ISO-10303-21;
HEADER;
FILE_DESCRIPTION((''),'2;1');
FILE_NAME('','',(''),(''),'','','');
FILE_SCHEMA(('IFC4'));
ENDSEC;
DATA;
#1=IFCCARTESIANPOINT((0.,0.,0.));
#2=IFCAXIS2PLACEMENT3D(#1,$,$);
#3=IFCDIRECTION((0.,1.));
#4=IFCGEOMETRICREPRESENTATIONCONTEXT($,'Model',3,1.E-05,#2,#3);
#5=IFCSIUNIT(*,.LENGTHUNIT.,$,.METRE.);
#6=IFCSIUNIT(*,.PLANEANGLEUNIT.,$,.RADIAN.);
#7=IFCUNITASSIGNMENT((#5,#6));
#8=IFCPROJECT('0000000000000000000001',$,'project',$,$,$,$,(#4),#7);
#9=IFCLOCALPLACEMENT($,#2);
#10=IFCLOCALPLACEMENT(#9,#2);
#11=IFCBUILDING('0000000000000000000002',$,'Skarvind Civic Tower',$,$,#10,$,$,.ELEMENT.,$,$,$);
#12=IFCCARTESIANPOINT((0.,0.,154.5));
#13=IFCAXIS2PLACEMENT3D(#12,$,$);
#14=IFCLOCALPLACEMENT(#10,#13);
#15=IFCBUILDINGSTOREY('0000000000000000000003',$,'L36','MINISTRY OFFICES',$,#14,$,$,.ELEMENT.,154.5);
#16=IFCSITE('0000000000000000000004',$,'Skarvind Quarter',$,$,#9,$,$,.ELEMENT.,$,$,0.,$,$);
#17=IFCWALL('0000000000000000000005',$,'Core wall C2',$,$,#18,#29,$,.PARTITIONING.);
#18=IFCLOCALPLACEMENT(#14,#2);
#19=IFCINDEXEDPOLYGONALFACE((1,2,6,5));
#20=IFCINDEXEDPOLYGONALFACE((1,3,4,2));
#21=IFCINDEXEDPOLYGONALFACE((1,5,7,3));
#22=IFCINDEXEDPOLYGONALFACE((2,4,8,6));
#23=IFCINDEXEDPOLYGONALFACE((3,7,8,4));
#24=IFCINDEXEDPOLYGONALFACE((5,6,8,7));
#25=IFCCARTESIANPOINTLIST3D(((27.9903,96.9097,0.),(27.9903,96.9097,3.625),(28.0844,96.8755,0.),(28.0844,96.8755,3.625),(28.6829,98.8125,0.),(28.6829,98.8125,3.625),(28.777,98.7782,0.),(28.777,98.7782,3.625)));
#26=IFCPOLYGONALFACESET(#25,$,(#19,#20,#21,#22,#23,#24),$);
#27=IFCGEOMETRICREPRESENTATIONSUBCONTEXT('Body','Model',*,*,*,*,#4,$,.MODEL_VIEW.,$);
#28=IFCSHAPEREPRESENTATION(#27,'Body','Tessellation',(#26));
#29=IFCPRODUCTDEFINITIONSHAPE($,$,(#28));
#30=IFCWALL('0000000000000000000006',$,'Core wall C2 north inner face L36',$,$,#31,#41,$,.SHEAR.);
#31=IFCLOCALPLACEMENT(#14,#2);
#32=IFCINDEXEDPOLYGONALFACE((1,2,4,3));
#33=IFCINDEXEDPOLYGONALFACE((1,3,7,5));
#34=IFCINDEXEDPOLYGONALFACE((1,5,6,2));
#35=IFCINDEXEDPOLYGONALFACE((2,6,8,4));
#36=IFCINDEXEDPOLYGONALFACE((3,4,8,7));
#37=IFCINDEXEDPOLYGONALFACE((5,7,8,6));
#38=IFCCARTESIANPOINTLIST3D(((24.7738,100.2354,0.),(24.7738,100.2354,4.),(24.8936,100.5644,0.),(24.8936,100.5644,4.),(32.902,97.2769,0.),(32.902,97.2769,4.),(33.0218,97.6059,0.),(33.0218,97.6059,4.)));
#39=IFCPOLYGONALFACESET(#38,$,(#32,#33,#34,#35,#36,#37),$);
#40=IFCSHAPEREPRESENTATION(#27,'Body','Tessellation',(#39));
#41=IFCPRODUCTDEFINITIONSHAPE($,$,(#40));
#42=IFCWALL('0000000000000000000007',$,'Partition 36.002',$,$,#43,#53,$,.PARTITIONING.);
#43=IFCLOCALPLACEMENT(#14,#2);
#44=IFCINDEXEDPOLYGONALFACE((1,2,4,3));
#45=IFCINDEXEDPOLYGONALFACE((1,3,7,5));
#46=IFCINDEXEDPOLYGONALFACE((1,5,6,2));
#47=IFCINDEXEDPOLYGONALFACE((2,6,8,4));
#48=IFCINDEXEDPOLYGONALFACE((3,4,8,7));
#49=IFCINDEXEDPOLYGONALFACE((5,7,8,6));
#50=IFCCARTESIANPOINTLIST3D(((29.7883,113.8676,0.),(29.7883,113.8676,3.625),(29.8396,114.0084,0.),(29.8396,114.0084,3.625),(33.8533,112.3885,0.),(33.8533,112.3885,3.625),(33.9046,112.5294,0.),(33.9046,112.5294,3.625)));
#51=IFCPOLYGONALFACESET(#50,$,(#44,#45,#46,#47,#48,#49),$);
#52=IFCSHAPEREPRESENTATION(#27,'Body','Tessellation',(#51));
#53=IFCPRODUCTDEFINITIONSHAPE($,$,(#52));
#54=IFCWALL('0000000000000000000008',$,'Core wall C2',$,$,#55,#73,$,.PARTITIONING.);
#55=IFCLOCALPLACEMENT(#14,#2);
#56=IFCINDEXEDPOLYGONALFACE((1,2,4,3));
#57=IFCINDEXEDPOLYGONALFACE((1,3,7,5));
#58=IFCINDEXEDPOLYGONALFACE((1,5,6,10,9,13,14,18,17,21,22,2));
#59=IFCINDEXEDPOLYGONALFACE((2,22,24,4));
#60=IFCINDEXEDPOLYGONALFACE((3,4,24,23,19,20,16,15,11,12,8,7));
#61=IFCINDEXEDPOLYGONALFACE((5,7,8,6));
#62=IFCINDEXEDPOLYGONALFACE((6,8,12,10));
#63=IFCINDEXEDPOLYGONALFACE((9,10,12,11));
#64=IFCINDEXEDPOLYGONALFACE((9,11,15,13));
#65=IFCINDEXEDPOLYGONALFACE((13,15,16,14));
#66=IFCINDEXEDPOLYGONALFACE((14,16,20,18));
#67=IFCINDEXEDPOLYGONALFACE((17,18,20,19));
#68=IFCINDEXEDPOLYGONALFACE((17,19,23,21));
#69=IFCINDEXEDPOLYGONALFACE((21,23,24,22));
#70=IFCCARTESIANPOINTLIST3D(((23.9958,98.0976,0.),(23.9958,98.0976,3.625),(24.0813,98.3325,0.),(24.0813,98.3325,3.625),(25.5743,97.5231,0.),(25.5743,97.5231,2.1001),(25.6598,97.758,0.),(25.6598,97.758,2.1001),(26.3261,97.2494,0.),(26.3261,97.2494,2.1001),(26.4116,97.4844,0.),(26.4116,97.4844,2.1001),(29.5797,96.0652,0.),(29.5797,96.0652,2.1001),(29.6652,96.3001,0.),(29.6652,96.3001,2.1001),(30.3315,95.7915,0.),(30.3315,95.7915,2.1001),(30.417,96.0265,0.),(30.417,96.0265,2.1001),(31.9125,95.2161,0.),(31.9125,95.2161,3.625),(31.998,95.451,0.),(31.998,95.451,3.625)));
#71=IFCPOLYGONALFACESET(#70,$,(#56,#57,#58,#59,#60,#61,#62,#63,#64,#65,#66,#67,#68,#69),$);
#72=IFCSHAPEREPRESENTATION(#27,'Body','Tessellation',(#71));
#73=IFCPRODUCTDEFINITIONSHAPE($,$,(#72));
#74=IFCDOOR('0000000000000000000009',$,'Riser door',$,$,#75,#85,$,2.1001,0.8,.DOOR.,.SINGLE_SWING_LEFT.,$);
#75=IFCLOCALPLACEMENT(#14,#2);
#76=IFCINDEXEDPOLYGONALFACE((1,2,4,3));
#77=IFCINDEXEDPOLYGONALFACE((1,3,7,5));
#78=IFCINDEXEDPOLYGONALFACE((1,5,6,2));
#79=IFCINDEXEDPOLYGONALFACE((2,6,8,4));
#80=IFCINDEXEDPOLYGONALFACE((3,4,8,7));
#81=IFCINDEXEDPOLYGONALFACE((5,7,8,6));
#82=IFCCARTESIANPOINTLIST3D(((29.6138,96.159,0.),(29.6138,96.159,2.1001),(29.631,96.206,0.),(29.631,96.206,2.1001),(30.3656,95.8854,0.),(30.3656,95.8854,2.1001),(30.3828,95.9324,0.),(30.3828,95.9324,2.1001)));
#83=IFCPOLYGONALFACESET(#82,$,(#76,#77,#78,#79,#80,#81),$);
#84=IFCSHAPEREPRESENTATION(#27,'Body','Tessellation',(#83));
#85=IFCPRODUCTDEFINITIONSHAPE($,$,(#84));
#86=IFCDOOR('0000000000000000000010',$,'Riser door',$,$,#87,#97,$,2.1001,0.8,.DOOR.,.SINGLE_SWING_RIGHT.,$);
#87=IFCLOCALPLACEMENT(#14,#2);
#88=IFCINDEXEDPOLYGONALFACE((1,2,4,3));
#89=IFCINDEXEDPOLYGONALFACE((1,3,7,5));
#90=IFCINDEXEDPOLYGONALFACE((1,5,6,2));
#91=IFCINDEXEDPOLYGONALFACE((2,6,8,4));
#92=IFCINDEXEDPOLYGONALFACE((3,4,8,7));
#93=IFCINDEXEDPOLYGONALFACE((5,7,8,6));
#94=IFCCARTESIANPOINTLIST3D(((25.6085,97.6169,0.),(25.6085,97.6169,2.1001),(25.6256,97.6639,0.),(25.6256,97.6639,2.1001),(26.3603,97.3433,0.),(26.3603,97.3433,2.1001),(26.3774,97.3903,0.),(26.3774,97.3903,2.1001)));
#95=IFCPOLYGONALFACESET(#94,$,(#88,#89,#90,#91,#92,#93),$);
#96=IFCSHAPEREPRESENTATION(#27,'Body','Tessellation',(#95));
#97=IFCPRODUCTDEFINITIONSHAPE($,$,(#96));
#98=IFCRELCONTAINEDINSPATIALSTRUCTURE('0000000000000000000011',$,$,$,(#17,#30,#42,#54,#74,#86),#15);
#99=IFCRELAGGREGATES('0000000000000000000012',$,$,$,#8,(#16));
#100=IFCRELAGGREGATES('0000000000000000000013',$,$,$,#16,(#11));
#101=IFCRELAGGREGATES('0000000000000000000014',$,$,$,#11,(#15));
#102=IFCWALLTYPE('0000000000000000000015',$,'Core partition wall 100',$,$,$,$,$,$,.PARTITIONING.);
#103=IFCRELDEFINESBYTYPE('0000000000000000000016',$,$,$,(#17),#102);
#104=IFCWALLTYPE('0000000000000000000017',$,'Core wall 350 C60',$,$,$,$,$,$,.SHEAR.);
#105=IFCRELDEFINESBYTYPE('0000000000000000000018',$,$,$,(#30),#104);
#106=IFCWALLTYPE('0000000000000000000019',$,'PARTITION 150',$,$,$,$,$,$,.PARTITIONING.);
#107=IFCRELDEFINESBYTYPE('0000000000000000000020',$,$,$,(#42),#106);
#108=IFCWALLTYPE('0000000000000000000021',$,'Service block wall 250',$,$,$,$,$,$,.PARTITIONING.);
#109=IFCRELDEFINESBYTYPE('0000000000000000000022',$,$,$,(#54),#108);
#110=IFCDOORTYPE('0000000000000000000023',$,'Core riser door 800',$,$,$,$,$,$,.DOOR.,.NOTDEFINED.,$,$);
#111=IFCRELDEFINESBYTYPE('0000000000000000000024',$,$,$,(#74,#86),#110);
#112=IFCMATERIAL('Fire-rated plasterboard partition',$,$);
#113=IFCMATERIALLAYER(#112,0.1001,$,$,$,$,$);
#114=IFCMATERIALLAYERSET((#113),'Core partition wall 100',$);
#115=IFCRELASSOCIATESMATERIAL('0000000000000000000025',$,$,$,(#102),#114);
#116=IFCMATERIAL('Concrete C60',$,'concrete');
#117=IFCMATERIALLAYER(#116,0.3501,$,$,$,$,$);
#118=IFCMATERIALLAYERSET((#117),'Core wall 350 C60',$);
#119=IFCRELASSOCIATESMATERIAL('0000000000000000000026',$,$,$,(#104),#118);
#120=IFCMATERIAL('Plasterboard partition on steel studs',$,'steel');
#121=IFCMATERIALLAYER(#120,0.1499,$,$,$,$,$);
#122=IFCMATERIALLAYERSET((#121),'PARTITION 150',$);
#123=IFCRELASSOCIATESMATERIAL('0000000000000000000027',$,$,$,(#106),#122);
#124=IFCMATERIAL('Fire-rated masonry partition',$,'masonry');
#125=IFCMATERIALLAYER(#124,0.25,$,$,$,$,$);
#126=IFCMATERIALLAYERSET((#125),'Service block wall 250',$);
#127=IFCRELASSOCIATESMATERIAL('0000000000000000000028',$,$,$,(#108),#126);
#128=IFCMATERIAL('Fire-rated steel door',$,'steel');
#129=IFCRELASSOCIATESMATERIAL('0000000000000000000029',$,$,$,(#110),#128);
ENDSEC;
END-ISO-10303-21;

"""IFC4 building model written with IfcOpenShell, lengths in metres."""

from ifc_helpers import new_model, si_unit, direction, frame, frame_2d, origin, place, context, subcontext, project, spatial, rectangle, extrude, material, layer, layer_set, type_object, element, fill, save


model = new_model("IFC4")

# Units and contexts
model_context = context("Model", 3, precision=1e-05, world=origin(), true_north=direction((0.0, 1.0)))
body_context = subcontext(model_context, "Body", "Model", "MODEL_VIEW")
ifc_project = project(units=[si_unit("LENGTHUNIT", "METRE"), si_unit("PLANEANGLEUNIT", "RADIAN")], contexts=[model_context])

# Site, building, storey
site_placement = place(None, origin())
site = spatial("IfcSite", under=ifc_project, at=site_placement, Name="Skarvind Quarter", CompositionType="ELEMENT", RefElevation=0.0)
building_placement = place(site_placement, origin())
building = spatial("IfcBuilding", under=site, at=building_placement, Name="Skarvind Civic Tower", CompositionType="ELEMENT")
storey_placement = place(building_placement, frame((0.0, 0.0, 154.5)))
storey = spatial("IfcBuildingStorey", under=building, at=storey_placement, Name="L36", Description="MINISTRY OFFICES", CompositionType="ELEMENT", Elevation=154.5)

# Shared definitions
ifc_material_1 = material(Name="Concrete C60", Category="concrete")

# Shared definitions
ifc_material_2 = material(Name="Fire-rated masonry partition", Category="masonry")
ifc_material_3 = material(Name="Fire-rated steel door", Category="steel")

# Walls
ifc_material_4 = material(Name="Fire-rated plasterboard partition")
ifc_layer_1 = layer(ifc_material_4, 0.1001)
ifc_layer_set_1 = layer_set([ifc_layer_1], Name="Core partition wall 100")
wall_type_1 = type_object("IfcWallType", Name="Core partition wall 100", PredefinedType="PARTITIONING", material=ifc_layer_set_1)
wall_1_placement = place(storey_placement, frame((28.0374, 96.8926, 0.0), z_axis=(0.0, 0.0, 1.0), x_axis=(0.342043, 0.939684, 0.0)))
element("IfcWall", 1, at=wall_1_placement, inside=storey, type_object=wall_type_1, Name="Core wall C2", PredefinedType="PARTITIONING", context=body_context, shape_type="SweptSolid", body=[
    extrude(rectangle(XDim=2.0249, YDim=0.1001, at=frame_2d((1.0125, 0.0))), origin(), (0.0, 0.0, 1.0), 3.625),
])
ifc_layer_2 = layer(ifc_material_1, 0.3501)
ifc_layer_set_2 = layer_set([ifc_layer_2], Name="Core wall 350 C60")
wall_type_2 = type_object("IfcWallType", Name="Core wall 350 C60", PredefinedType="SHEAR", material=ifc_layer_set_2)
wall_2_placement = place(storey_placement, frame((32.9619, 97.4414, 0.0), z_axis=(0.0, 0.0, 1.0), x_axis=(-0.93969, 0.342029, 0.0)))
element("IfcWall", 2, at=wall_2_placement, inside=storey, type_object=wall_type_2, Name="Core wall C2 north inner face L36", PredefinedType="SHEAR", context=body_context, shape_type="SweptSolid", body=[
    extrude(rectangle(XDim=8.6499, YDim=0.3501, at=frame_2d((4.325, 0.0))), origin(), (0.0, 0.0, 1.0), 4.0),
])
ifc_material_5 = material(Name="Plasterboard partition on steel studs", Category="steel")
ifc_layer_3 = layer(ifc_material_5, 0.1499)
ifc_layer_set_3 = layer_set([ifc_layer_3], Name="PARTITION 150")
wall_type_3 = type_object("IfcWallType", Name="PARTITION 150", PredefinedType="PARTITIONING", material=ifc_layer_set_3)
wall_3_placement = place(storey_placement, frame((29.814, 113.938, 0.0), z_axis=(0.0, 0.0, 1.0), x_axis=(0.939731, -0.341915, 0.0)))
element("IfcWall", 3, at=wall_3_placement, inside=storey, type_object=wall_type_3, Name="Partition 36.002", PredefinedType="PARTITIONING", context=body_context, shape_type="SweptSolid", body=[
    extrude(rectangle(XDim=4.3257, YDim=0.1499, at=frame_2d((2.1628, 0.0))), origin(), (0.0, 0.0, 1.0), 3.625),
])

# Wall, openings, doors
ifc_layer_4 = layer(ifc_material_2, 0.25)
ifc_layer_set_4 = layer_set([ifc_layer_4], Name="Service block wall 250")
wall_type_4 = type_object("IfcWallType", Name="Service block wall 250", PredefinedType="PARTITIONING", material=ifc_layer_set_4)
wall_4_placement = place(storey_placement, frame((24.0386, 98.2151, 0.0), z_axis=(0.0, 0.0, 1.0), x_axis=(0.939688, -0.342034, 0.0)))
wall_4 = element("IfcWall", 4, at=wall_4_placement, inside=storey, type_object=wall_type_4, Name="Core wall C2", PredefinedType="PARTITIONING", context=body_context, shape_type="SweptSolid", body=[
    extrude(rectangle(XDim=8.4248, YDim=0.25, at=frame_2d((4.2124, 0.0))), origin(), (0.0, 0.0, 1.0), 3.625),
])
opening_1_placement = place(wall_4_placement, frame((5.9424, 0.0, 0.0)))
opening_1 = element("IfcOpeningElement", 5, at=opening_1_placement, cuts=wall_4, PredefinedType="OPENING", context=body_context, shape_type="SweptSolid", body=[
    extrude(rectangle(XDim=0.8, YDim=2.1001, at=frame_2d((0.3999, 1.05))), frame((0.0, 0.135, 0.0), z_axis=(0.0, -1.0, 0.0), x_axis=(1.0, 0.0, 0.0)), (0.0, 0.0, 1.0), 0.27),
])
opening_2_placement = place(wall_4_placement, frame((1.6799, 0.0, 0.0)))
opening_2 = element("IfcOpeningElement", 6, at=opening_2_placement, cuts=wall_4, PredefinedType="OPENING", context=body_context, shape_type="SweptSolid", body=[
    extrude(rectangle(XDim=0.8, YDim=2.1001, at=frame_2d((0.3999, 1.05))), frame((0.0, 0.135, 0.0), z_axis=(0.0, -1.0, 0.0), x_axis=(1.0, 0.0, 0.0)), (0.0, 0.0, 1.0), 0.27),
])
door_type_1 = type_object("IfcDoorType", Name="Core riser door 800", OperationType="NOTDEFINED", PredefinedType="DOOR", material=ifc_material_3)
door_1_placement = place(opening_1_placement, origin())
door_1 = element("IfcDoor", 7, at=door_1_placement, inside=storey, type_object=door_type_1, Name="Riser door", OperationType="SINGLE_SWING_LEFT", OverallHeight=2.1001, OverallWidth=0.8, PredefinedType="DOOR", context=body_context, shape_type="SweptSolid", body=[
    extrude(rectangle(XDim=0.8, YDim=2.1001, at=frame_2d((0.3999, 1.05))), frame((0.0, 0.0249, 0.0), z_axis=(0.0, -1.0, 0.0), x_axis=(1.0, 0.0, 0.0)), (0.0, 0.0, 1.0), 0.05),
])
fill(opening_1, door_1)
door_2_placement = place(opening_2_placement, origin())
door_2 = element("IfcDoor", 8, at=door_2_placement, inside=storey, type_object=door_type_1, Name="Riser door", OperationType="SINGLE_SWING_RIGHT", OverallHeight=2.1001, OverallWidth=0.8, PredefinedType="DOOR", context=body_context, shape_type="SweptSolid", body=[
    extrude(rectangle(XDim=0.8, YDim=2.1001, at=frame_2d((0.3999, 1.05))), frame((0.0, 0.0249, 0.0), z_axis=(0.0, -1.0, 0.0), x_axis=(1.0, 0.0, 0.0)), (0.0, 0.0, 1.0), 0.05),
])
fill(opening_2, door_2)

save(model, "model.ifc")
